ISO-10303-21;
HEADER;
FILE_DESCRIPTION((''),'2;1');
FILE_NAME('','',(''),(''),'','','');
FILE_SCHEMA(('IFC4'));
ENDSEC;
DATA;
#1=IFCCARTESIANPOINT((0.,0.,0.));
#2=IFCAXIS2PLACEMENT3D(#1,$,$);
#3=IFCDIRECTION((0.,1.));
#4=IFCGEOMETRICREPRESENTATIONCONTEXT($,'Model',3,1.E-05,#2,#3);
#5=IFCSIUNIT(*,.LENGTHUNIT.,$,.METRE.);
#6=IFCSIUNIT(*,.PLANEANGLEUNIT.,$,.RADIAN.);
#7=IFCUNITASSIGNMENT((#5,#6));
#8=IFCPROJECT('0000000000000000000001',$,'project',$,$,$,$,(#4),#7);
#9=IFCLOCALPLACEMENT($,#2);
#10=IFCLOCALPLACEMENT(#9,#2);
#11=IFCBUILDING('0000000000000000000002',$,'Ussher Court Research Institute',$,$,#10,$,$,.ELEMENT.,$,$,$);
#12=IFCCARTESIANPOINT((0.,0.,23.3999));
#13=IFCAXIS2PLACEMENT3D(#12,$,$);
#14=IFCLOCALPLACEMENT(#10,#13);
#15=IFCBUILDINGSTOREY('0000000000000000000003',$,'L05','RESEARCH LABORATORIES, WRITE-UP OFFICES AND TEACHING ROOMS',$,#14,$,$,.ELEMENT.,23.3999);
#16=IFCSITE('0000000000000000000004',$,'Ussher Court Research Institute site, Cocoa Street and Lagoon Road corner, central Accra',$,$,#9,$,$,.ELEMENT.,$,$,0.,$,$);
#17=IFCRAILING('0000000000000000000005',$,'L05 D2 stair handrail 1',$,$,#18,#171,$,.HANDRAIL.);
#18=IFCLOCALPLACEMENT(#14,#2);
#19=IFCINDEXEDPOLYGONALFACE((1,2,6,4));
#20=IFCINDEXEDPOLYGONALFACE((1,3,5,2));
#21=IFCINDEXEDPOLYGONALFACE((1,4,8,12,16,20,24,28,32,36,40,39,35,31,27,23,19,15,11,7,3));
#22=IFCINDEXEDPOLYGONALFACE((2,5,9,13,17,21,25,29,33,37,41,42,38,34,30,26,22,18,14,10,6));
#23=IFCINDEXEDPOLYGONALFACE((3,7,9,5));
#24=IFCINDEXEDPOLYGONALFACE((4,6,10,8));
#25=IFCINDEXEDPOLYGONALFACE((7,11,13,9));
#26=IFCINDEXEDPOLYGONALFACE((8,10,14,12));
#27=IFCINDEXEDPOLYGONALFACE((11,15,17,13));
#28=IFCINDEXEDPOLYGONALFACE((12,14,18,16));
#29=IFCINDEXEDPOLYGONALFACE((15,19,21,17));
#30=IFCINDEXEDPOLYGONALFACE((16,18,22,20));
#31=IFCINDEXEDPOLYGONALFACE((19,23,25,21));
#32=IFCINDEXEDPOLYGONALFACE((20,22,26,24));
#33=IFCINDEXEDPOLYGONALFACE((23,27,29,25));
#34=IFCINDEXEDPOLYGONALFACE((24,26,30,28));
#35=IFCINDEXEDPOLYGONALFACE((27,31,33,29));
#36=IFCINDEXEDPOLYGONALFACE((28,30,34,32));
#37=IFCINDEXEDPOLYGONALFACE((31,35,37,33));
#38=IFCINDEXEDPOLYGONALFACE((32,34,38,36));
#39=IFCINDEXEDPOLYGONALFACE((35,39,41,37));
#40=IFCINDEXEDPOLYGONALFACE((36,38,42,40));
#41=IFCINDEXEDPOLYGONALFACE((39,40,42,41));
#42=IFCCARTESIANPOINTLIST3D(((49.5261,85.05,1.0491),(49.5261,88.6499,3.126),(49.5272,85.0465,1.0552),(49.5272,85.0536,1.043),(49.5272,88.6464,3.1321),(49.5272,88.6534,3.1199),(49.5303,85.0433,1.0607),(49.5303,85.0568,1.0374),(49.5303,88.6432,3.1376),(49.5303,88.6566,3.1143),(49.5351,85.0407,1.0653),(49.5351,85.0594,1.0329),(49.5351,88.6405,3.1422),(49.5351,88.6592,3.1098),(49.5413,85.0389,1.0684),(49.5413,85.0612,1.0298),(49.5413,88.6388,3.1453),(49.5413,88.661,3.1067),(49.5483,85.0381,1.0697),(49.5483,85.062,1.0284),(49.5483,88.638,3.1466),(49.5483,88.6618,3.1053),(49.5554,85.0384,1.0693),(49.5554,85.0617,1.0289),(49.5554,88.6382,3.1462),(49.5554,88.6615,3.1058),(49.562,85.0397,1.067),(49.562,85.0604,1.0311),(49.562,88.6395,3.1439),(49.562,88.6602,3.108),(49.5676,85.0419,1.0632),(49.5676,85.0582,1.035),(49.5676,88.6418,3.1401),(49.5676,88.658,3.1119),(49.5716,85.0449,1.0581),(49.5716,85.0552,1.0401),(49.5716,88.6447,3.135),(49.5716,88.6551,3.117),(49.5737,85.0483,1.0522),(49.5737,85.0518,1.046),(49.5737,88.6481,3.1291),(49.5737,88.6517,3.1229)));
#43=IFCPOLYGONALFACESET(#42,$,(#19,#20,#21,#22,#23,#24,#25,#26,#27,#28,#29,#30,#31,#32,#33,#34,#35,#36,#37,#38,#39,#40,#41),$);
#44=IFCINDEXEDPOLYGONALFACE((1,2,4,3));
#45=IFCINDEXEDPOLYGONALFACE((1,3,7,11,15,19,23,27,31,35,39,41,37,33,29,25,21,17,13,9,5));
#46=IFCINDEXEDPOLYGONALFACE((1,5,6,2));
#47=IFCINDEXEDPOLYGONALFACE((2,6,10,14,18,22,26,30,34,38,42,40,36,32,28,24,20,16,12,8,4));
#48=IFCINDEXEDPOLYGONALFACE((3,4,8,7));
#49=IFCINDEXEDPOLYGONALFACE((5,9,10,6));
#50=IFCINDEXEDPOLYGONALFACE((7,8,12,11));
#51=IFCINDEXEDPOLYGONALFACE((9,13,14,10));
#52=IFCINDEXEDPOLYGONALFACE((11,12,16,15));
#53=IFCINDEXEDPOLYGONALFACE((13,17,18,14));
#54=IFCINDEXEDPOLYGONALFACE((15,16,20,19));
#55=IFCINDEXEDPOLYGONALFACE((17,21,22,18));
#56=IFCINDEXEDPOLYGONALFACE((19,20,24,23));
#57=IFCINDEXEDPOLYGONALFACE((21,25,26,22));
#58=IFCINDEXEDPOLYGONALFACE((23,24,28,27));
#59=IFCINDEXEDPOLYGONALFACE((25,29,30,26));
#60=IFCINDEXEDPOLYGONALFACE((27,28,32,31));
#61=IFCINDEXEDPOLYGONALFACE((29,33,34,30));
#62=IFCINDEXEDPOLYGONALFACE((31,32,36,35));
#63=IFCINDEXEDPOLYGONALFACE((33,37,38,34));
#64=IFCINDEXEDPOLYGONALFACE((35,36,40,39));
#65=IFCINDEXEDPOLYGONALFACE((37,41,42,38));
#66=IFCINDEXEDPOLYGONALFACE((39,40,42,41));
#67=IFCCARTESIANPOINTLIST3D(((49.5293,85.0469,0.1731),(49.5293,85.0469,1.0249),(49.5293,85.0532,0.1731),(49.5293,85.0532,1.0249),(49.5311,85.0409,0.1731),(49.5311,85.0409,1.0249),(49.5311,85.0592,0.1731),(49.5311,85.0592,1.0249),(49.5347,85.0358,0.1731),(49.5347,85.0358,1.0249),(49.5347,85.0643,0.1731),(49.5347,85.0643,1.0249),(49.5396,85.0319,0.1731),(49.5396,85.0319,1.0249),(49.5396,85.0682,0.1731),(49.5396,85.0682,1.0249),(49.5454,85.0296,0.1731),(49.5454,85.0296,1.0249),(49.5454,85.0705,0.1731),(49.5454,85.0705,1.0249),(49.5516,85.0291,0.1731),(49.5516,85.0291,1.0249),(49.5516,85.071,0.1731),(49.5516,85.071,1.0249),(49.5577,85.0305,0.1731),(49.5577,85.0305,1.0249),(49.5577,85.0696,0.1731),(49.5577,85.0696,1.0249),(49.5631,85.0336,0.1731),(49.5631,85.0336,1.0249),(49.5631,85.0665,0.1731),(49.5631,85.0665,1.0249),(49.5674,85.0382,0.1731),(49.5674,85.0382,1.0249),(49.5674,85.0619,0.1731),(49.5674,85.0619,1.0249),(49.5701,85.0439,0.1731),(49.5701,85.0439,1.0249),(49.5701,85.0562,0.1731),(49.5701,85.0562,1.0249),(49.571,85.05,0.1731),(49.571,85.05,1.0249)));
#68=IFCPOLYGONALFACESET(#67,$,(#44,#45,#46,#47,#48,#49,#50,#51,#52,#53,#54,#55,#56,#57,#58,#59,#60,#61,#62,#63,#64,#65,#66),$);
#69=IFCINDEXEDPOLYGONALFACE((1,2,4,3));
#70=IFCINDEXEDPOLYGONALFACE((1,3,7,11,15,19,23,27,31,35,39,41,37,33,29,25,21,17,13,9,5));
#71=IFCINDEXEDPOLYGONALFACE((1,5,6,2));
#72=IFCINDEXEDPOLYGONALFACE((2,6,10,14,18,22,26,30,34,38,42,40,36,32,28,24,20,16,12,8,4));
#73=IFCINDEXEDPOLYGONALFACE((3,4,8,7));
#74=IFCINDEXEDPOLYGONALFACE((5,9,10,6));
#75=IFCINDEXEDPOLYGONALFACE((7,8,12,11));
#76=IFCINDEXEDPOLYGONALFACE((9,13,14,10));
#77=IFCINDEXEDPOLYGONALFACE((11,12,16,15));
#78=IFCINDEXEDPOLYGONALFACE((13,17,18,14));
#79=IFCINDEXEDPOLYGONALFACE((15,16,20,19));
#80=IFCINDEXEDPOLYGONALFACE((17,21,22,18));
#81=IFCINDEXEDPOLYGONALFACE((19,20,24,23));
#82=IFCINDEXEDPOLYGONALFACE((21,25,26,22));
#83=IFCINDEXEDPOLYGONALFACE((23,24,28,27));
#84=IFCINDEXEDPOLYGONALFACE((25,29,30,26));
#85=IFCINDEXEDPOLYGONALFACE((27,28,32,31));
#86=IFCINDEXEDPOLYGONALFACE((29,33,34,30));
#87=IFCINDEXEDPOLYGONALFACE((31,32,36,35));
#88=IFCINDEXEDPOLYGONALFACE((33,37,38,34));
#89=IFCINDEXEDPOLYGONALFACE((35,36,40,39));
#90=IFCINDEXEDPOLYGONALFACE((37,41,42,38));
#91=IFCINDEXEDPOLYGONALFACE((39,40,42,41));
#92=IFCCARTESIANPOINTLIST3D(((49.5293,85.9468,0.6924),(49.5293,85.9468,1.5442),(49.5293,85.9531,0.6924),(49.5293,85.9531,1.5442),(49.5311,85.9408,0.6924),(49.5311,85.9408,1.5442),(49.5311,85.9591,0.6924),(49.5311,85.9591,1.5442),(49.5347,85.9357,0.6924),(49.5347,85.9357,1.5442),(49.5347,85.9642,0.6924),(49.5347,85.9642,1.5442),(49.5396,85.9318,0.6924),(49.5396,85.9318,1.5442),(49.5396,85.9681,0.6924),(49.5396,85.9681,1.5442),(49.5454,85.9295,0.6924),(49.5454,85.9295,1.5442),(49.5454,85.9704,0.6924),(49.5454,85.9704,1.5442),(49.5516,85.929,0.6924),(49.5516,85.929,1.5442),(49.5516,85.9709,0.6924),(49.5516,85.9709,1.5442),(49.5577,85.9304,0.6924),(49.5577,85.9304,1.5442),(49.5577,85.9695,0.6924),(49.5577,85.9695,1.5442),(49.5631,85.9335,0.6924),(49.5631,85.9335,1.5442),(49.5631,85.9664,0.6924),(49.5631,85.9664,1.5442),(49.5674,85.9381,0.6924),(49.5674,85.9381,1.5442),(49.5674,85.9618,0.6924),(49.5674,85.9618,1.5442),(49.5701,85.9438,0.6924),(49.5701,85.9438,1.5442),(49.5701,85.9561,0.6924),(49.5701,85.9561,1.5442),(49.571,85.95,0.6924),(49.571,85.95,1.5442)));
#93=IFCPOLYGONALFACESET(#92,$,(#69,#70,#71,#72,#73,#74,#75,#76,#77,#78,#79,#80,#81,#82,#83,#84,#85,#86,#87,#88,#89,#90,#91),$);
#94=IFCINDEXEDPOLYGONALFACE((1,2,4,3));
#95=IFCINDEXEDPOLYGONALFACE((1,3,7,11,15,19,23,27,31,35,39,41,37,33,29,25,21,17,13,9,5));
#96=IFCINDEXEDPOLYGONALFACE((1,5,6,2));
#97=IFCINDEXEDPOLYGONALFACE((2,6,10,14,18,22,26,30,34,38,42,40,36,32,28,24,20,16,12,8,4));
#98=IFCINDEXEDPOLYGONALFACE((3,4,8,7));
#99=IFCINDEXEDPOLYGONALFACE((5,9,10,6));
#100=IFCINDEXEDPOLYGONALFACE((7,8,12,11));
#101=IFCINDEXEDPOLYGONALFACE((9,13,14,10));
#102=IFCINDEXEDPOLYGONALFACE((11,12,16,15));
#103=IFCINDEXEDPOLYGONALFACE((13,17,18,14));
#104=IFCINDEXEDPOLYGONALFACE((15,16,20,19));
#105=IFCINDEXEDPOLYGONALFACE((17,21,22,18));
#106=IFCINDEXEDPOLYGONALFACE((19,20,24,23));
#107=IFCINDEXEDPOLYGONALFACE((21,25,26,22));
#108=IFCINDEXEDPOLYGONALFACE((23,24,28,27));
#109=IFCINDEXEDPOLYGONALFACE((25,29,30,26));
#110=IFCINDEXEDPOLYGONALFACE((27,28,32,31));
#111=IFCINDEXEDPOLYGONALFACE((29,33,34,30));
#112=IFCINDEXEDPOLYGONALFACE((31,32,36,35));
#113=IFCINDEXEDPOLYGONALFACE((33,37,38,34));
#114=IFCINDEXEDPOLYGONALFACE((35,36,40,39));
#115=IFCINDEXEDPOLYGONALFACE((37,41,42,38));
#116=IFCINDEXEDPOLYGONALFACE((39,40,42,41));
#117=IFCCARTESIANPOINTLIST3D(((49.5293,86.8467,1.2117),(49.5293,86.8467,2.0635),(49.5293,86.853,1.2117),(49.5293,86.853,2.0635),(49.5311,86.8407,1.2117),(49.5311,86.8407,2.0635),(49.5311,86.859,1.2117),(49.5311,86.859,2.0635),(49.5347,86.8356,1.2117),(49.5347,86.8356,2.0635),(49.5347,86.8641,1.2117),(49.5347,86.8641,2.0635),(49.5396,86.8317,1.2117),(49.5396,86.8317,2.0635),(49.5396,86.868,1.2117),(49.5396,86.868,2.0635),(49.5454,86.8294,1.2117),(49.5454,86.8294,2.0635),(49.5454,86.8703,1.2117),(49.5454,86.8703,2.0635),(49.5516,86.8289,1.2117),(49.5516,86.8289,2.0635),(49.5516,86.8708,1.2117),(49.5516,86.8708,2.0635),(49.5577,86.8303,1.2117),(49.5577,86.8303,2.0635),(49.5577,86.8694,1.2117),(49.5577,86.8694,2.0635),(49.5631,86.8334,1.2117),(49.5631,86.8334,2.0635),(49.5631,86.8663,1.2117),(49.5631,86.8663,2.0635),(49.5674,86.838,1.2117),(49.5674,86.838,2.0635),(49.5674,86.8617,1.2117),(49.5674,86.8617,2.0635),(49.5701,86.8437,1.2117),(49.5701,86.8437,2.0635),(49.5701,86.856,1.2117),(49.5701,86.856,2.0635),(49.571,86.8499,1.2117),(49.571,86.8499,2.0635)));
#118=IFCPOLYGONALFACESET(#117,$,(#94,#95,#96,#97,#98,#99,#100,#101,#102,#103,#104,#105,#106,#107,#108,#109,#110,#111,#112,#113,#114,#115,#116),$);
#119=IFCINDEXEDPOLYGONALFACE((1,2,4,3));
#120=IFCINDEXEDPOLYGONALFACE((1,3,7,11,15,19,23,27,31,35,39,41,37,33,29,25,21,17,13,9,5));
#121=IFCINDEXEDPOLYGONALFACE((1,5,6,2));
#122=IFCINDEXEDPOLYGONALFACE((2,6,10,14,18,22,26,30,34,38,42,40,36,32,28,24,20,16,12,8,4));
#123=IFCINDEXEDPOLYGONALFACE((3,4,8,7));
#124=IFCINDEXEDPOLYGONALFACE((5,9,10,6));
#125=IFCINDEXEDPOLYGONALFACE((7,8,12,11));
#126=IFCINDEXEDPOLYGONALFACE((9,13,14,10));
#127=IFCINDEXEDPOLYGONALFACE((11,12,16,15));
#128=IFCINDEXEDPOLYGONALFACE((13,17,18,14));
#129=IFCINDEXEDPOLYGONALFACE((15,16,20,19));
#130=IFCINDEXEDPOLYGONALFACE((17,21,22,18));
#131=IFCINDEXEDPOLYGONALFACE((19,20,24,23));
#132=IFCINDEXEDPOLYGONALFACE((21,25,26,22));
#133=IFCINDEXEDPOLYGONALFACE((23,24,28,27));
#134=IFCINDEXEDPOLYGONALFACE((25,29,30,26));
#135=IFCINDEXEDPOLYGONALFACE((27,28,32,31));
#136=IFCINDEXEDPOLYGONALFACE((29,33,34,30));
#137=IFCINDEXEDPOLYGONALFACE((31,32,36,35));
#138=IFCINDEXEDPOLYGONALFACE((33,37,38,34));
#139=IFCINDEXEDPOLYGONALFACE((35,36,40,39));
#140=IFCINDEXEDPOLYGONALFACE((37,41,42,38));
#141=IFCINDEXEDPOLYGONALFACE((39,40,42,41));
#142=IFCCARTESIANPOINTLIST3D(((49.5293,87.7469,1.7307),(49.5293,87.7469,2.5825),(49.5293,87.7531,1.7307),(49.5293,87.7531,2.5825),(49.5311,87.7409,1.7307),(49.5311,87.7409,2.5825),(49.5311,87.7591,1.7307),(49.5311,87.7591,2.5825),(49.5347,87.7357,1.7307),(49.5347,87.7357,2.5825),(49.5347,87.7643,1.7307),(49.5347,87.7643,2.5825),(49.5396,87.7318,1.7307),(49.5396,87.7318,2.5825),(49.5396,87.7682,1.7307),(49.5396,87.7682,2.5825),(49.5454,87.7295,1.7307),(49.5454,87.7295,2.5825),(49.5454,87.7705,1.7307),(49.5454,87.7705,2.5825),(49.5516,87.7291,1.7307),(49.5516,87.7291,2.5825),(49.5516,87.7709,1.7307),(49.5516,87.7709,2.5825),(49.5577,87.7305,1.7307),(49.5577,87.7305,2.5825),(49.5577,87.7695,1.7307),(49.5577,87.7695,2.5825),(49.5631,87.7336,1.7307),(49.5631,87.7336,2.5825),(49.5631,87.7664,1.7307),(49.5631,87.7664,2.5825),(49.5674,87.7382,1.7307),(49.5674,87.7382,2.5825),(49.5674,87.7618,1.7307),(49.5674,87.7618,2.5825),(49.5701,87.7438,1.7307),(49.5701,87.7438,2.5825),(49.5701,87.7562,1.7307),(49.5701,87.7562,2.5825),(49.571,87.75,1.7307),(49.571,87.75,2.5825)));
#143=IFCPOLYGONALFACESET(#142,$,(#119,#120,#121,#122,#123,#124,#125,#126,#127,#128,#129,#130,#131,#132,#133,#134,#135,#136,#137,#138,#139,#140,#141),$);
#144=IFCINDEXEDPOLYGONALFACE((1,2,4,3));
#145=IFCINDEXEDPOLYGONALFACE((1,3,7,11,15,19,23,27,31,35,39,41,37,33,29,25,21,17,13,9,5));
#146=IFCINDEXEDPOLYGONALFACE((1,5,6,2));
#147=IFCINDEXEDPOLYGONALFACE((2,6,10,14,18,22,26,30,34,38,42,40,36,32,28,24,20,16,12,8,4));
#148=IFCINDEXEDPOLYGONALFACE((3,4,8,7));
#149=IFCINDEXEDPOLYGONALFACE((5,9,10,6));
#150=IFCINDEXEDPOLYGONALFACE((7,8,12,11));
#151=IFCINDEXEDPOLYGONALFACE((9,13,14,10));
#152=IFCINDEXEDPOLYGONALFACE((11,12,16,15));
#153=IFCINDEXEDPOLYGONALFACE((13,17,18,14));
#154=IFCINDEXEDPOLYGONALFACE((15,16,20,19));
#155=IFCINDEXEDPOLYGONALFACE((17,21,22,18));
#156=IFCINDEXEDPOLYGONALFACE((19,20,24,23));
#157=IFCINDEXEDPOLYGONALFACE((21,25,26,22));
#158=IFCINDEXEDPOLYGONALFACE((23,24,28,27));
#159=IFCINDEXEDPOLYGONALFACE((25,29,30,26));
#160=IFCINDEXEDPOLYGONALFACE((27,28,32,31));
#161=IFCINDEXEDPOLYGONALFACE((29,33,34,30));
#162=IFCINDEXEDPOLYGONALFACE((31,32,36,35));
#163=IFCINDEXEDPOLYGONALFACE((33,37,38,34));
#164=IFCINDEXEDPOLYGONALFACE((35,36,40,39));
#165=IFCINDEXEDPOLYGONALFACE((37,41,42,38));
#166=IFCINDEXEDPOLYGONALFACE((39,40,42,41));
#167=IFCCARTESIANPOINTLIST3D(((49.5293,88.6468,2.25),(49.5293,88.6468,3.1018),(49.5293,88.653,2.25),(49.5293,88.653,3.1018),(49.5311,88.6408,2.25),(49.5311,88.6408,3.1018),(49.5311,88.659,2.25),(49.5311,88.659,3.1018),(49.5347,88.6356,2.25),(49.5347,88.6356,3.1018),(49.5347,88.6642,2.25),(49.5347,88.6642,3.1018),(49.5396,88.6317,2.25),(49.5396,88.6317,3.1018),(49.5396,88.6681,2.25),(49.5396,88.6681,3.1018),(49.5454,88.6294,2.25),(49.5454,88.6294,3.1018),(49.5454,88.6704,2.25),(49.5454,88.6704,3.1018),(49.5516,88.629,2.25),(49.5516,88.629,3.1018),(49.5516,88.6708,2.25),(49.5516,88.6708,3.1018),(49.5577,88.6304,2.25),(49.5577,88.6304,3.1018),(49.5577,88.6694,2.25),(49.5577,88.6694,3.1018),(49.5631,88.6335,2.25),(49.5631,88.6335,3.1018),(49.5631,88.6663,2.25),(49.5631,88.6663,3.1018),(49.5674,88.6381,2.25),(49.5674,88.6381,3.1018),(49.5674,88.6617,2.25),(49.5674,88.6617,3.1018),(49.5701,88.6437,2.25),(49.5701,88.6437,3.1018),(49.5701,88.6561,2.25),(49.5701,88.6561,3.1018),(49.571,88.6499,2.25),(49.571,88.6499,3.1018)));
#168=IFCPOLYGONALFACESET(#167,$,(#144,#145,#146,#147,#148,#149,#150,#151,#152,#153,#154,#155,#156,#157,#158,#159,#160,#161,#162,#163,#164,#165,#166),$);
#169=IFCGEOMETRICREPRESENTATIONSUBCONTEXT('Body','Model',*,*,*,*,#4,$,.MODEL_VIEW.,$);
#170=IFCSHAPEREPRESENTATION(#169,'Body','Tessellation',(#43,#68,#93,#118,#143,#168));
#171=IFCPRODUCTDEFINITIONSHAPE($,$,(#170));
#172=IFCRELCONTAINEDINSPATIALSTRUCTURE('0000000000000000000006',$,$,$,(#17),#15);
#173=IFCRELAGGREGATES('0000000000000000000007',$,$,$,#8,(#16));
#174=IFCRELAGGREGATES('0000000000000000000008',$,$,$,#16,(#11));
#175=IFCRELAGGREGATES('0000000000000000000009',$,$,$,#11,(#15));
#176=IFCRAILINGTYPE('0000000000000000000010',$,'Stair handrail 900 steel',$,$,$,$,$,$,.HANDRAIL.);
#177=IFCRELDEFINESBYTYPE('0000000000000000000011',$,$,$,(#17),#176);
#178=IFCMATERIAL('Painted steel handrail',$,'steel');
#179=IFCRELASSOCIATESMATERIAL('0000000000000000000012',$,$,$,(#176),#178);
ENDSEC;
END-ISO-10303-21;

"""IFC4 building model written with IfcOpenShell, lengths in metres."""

from ifc_helpers import new_model, si_unit, direction, frame, origin, origin_2d, place, context, subcontext, project, spatial, circle, extrude, material, type_object, element, save


model = new_model("IFC4")

# Units and contexts
model_context = context("Model", 3, precision=1e-05, world=origin(), true_north=direction((0.0, 1.0)))
body_context = subcontext(model_context, "Body", "Model", "MODEL_VIEW")
ifc_project = project(units=[si_unit("LENGTHUNIT", "METRE"), si_unit("PLANEANGLEUNIT", "RADIAN")], contexts=[model_context])

# Site, building, storey
site_placement = place(None, origin())
site = spatial("IfcSite", under=ifc_project, at=site_placement, Name="Ussher Court Research Institute site, Cocoa Street and Lagoon Road corner, central Accra", CompositionType="ELEMENT", RefElevation=0.0)
building_placement = place(site_placement, origin())
building = spatial("IfcBuilding", under=site, at=building_placement, Name="Ussher Court Research Institute", CompositionType="ELEMENT")
storey_placement = place(building_placement, frame((0.0, 0.0, 23.3999)))
storey = spatial("IfcBuildingStorey", under=building, at=storey_placement, Name="L05", Description="RESEARCH LABORATORIES, WRITE-UP OFFICES AND TEACHING ROOMS", CompositionType="ELEMENT", Elevation=23.3999)

# Railing
ifc_material_1 = material(Name="Painted steel handrail", Category="steel")
railing_type_1 = type_object("IfcRailingType", Name="Stair handrail 900 steel", PredefinedType="HANDRAIL", material=ifc_material_1)
railing_1_placement = place(storey_placement, frame((49.55, 85.05, 0.1731)))
element("IfcRailing", 1, at=railing_1_placement, inside=storey, type_object=railing_type_1, Name="L05 D2 stair handrail 1", PredefinedType="HANDRAIL", context=body_context, shape_type="SweptSolid", body=[
    extrude(circle(Radius=0.0239, at=origin_2d()), frame((0.0, 0.0, 0.876), z_axis=(0.0, 0.866179, 0.499734), x_axis=(-1.0, 0.0, 0.0)), (0.0, 0.0, 1.0), 4.156),
    extrude(circle(Radius=0.021, at=origin_2d()), origin(), (0.0, 0.0, 1.0), 0.8518),
    extrude(circle(Radius=0.021, at=origin_2d()), frame((0.0, 0.8999, 0.5193)), (0.0, 0.0, 1.0), 0.8518),
    extrude(circle(Radius=0.021, at=origin_2d()), frame((0.0, 1.7998, 1.0386)), (0.0, 0.0, 1.0), 0.8518),
    extrude(circle(Radius=0.021, at=origin_2d()), frame((0.0, 2.7, 1.5576)), (0.0, 0.0, 1.0), 0.8518),
    extrude(circle(Radius=0.021, at=origin_2d()), frame((0.0, 3.5999, 2.0769)), (0.0, 0.0, 1.0), 0.8518),
])

save(model, "model.ifc")
